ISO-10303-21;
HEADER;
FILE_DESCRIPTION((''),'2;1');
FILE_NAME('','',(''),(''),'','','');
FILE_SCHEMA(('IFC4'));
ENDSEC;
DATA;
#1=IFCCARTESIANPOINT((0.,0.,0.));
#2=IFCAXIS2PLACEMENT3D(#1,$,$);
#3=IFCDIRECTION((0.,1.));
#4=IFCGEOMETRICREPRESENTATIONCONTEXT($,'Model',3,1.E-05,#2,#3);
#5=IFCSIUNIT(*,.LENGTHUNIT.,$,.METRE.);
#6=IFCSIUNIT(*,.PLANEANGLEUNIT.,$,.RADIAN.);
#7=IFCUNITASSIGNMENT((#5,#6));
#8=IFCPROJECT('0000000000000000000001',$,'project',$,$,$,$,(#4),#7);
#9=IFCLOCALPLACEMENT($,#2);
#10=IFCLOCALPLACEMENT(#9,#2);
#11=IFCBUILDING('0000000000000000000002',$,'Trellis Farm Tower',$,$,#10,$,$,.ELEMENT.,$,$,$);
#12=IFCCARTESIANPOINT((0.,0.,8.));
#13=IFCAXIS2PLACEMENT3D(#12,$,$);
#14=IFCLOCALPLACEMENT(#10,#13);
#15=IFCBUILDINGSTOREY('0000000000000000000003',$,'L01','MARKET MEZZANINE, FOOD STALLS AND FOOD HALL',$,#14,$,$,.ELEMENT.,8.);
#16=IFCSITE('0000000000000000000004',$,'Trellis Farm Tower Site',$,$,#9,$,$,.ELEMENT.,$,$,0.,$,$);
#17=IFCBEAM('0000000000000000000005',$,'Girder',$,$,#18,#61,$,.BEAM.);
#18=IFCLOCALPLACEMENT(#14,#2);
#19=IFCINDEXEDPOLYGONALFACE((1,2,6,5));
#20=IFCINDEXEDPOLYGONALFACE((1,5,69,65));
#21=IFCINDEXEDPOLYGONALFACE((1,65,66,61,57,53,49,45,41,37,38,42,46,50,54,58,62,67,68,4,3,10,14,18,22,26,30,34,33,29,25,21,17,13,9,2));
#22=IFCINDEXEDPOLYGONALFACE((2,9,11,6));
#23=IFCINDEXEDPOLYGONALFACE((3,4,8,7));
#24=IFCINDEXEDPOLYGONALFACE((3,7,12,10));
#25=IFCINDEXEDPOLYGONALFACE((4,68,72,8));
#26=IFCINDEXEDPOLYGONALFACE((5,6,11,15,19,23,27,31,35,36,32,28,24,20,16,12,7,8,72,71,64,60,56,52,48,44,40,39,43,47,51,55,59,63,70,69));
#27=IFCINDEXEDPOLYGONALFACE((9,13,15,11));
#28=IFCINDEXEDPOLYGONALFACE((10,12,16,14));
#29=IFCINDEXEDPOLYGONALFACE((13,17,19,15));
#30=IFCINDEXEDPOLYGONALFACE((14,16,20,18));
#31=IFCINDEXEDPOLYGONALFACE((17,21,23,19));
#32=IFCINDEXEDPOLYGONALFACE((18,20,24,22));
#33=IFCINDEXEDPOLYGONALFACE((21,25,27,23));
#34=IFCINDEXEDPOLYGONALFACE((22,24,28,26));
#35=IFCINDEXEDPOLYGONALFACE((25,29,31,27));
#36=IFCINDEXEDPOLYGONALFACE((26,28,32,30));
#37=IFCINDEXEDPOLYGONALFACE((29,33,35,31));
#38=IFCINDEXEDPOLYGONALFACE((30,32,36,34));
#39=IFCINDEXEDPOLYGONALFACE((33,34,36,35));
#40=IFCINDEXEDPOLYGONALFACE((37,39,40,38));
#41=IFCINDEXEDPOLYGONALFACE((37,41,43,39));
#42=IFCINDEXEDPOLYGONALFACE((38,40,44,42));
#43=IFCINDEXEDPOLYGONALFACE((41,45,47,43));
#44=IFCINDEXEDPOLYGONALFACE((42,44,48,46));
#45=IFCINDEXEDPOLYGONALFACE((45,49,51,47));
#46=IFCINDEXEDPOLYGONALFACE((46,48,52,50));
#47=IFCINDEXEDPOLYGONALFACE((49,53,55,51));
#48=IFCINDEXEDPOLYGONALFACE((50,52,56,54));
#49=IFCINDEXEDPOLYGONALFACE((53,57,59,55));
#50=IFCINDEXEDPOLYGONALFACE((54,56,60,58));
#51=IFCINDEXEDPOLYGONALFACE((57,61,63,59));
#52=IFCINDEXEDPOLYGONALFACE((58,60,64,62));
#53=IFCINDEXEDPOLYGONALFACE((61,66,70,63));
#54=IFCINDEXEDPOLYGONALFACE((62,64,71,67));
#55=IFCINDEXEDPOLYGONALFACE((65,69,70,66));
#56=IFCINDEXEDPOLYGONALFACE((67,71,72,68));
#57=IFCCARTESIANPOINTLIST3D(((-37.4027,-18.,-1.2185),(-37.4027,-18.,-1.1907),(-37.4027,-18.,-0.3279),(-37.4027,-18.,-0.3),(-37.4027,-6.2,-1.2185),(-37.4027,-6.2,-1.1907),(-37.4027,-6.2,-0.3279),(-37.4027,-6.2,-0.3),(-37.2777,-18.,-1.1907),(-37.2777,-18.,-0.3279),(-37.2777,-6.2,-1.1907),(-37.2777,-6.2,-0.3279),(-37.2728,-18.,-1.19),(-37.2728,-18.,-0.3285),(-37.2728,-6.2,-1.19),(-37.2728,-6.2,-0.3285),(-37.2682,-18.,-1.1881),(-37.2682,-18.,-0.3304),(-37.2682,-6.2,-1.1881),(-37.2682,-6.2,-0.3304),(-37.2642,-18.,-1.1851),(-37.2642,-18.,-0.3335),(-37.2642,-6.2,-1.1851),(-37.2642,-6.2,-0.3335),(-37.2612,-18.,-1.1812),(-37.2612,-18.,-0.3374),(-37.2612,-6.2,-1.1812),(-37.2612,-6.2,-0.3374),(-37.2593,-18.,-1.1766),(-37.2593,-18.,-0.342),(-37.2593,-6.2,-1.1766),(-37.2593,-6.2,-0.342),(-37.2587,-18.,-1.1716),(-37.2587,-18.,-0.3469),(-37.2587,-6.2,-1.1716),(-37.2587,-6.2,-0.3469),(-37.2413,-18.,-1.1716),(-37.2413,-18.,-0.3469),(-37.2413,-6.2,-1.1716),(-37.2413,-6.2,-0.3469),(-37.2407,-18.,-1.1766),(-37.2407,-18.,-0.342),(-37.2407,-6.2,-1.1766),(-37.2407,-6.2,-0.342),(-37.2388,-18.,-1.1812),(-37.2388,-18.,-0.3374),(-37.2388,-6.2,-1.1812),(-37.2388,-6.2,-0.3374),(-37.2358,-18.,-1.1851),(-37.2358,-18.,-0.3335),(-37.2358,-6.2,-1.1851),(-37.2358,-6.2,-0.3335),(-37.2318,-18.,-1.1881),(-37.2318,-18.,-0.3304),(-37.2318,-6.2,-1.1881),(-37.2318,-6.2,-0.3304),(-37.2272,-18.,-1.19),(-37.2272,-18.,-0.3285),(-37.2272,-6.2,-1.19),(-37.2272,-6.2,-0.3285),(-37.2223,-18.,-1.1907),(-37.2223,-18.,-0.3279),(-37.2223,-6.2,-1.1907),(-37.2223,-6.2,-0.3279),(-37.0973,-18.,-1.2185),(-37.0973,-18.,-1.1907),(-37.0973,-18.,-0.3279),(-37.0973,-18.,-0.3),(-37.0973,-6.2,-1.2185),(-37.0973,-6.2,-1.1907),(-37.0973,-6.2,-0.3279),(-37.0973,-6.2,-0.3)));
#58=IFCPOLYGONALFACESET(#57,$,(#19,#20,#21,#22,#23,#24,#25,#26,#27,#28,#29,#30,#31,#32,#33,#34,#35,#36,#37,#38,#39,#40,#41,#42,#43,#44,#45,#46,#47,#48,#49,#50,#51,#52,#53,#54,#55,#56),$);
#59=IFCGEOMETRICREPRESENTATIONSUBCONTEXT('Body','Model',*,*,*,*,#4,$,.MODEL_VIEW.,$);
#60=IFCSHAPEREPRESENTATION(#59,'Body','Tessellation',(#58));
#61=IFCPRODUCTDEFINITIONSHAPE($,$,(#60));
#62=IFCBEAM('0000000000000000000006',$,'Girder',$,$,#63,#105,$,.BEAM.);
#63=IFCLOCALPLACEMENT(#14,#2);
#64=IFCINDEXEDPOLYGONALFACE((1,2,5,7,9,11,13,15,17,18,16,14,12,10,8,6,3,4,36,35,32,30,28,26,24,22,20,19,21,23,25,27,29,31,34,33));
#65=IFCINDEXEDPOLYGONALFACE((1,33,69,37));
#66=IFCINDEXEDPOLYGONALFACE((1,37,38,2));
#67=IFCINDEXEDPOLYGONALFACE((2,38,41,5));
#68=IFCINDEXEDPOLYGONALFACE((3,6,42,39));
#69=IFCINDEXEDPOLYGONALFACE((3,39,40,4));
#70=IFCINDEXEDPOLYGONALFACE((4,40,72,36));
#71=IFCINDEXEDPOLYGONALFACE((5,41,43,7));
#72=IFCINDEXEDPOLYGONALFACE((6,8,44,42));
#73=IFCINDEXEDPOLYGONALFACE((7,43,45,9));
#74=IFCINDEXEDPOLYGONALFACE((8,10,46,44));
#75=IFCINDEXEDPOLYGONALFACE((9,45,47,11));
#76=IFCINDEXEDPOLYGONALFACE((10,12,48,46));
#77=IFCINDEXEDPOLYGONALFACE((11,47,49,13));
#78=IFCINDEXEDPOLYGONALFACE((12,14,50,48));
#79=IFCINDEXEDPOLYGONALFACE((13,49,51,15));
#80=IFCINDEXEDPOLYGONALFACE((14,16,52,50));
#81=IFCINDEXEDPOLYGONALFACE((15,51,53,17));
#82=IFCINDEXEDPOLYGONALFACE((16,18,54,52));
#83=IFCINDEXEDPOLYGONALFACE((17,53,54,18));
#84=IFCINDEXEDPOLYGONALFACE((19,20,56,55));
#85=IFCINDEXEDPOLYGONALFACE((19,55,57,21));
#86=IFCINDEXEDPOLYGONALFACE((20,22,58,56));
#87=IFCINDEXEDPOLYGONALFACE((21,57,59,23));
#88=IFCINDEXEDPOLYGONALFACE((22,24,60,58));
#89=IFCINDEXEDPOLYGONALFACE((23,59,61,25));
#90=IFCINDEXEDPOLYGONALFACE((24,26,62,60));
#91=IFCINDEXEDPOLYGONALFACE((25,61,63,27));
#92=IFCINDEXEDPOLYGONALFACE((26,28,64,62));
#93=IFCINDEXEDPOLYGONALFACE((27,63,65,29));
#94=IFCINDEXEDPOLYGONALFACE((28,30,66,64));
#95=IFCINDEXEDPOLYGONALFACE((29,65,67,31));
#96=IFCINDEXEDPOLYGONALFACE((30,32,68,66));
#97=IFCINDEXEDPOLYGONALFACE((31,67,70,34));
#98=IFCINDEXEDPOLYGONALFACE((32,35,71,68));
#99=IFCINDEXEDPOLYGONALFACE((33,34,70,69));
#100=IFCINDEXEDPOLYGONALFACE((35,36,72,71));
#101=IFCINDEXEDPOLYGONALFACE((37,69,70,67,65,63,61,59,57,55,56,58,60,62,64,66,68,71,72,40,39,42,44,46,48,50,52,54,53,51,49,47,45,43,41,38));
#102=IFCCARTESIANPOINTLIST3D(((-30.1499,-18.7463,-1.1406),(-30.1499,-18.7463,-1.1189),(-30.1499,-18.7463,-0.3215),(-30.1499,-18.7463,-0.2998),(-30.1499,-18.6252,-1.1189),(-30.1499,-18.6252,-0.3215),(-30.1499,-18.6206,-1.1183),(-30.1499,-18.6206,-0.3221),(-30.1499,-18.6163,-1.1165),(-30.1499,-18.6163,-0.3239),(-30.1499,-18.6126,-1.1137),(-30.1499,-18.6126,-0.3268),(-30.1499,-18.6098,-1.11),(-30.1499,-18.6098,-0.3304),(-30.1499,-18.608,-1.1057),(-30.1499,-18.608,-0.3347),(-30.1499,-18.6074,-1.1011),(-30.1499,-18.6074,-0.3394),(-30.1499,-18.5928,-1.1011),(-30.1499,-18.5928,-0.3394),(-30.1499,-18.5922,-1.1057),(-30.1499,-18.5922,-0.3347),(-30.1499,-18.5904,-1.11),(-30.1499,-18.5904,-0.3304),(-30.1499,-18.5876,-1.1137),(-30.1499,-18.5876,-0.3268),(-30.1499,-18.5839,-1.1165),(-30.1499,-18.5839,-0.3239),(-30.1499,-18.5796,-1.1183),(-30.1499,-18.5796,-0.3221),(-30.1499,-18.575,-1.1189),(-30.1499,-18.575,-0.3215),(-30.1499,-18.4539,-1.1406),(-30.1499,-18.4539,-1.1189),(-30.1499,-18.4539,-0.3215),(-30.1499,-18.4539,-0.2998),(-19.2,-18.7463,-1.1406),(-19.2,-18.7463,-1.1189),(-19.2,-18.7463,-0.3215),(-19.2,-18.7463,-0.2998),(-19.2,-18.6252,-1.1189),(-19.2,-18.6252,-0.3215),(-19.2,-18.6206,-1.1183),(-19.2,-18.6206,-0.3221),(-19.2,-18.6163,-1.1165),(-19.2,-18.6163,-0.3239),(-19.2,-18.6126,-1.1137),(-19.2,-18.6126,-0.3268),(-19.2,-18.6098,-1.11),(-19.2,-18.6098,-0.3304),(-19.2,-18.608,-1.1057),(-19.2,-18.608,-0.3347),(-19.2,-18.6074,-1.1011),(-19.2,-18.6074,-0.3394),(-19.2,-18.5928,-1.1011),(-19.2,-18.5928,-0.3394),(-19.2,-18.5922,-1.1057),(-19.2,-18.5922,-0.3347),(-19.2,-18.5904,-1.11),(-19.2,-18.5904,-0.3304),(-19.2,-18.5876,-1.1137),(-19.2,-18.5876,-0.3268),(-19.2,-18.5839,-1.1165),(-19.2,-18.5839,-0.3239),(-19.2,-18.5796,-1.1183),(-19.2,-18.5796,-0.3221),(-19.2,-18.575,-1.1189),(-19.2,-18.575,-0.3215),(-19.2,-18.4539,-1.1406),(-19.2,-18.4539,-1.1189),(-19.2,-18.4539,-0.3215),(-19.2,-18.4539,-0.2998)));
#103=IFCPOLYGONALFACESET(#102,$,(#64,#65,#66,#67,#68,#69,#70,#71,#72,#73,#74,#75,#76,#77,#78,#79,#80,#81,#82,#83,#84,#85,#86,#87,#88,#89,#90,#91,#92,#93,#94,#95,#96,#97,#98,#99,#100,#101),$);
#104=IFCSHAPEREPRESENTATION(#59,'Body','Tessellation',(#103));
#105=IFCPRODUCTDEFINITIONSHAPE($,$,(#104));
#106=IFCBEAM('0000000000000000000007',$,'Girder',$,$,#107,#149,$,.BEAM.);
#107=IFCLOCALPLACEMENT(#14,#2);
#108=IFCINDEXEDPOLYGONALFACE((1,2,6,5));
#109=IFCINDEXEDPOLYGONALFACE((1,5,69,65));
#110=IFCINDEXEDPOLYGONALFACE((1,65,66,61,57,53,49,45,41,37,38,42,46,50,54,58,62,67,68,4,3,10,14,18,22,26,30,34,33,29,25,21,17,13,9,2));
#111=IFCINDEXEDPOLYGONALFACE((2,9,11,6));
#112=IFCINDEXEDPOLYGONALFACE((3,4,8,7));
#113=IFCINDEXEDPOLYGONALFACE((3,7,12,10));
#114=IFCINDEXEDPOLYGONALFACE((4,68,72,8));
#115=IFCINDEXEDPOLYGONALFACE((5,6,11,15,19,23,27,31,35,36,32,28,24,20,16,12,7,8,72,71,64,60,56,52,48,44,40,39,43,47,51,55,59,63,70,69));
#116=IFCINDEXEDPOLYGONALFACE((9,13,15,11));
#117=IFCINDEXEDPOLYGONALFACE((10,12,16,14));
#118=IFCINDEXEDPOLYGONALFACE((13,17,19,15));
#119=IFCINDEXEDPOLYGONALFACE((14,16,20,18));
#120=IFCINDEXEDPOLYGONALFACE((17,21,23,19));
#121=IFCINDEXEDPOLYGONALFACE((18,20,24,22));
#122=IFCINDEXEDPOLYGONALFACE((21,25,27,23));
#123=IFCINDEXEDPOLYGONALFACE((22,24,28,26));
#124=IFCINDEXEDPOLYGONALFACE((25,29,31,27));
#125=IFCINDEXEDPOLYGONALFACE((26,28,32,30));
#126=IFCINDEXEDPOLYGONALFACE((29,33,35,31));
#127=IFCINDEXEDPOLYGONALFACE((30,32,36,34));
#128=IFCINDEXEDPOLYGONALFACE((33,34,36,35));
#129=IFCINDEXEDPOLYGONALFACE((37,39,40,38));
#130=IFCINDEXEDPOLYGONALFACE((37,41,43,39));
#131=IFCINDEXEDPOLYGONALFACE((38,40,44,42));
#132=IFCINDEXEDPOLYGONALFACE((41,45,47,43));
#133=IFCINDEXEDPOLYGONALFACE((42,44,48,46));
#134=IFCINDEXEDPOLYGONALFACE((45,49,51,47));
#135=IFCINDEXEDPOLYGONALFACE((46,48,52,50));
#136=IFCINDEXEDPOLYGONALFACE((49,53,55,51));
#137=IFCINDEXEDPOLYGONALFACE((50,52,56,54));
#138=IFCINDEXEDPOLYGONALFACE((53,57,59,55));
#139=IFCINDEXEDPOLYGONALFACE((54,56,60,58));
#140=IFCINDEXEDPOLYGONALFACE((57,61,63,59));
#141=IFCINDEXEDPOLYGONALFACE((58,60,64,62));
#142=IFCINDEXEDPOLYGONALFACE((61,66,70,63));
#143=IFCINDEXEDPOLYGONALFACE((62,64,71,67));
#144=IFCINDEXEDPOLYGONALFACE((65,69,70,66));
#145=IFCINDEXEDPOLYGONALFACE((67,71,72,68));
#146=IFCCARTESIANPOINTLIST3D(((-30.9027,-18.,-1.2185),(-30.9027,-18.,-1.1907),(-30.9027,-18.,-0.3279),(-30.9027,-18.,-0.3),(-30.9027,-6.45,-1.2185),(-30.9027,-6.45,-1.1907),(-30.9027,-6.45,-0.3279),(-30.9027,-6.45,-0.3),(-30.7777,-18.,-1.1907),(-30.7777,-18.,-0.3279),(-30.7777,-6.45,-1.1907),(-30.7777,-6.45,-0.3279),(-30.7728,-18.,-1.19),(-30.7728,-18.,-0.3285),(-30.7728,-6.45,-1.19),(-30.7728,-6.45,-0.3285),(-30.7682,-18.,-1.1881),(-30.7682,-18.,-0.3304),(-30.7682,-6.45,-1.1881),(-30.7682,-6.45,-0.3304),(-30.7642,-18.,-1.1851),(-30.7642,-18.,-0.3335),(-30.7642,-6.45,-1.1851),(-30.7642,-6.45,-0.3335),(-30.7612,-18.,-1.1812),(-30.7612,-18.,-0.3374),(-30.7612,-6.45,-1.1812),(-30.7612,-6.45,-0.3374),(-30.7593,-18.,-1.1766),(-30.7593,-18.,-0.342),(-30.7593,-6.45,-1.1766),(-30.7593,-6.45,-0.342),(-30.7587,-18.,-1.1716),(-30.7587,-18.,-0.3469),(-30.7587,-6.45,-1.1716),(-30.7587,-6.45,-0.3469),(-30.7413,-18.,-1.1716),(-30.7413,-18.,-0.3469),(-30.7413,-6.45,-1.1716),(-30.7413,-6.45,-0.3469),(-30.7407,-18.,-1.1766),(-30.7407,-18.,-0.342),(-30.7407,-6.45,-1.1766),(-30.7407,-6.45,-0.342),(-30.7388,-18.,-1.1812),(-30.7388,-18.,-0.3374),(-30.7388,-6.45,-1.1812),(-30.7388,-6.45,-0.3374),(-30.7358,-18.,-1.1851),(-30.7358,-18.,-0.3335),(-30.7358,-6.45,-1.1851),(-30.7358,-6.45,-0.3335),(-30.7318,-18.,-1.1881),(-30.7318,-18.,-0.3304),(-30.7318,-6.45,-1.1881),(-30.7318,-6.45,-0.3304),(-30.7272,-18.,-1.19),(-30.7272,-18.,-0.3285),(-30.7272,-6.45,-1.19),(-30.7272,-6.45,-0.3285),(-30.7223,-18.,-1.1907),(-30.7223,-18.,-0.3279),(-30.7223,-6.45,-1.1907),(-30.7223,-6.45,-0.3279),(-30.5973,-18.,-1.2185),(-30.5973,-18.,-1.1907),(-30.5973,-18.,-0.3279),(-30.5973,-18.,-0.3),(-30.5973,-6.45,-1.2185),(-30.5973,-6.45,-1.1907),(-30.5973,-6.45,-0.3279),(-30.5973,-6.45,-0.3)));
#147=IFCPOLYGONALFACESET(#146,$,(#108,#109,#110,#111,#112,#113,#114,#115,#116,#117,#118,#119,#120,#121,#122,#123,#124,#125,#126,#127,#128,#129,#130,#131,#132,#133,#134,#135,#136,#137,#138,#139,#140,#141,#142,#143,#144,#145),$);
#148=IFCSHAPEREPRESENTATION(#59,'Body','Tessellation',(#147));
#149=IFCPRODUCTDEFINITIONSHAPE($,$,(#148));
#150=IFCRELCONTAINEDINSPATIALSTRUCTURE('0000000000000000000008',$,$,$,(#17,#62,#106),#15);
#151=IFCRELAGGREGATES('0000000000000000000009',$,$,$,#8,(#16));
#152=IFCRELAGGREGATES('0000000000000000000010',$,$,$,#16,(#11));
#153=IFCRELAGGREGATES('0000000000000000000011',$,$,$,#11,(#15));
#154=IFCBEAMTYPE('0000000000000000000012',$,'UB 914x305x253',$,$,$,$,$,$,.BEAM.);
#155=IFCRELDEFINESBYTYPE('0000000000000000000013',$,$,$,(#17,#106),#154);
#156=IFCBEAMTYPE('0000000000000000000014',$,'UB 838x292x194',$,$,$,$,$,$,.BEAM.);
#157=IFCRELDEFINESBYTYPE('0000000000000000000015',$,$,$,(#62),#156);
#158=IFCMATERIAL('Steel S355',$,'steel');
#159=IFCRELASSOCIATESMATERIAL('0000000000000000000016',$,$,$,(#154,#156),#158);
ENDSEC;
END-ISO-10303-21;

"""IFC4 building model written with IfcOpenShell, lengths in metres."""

from ifc_helpers import new_model, si_unit, direction, frame, origin, origin_2d, place, context, subcontext, project, spatial, i_section, extrude, source, transform, mapped, material, material_profile, profile_set, type_object, element, save


model = new_model("IFC4")

# Units and contexts
model_context = context("Model", 3, precision=1e-05, world=origin(), true_north=direction((0.0, 1.0)))
body_context = subcontext(model_context, "Body", "Model", "MODEL_VIEW")
ifc_project = project(units=[si_unit("LENGTHUNIT", "METRE"), si_unit("PLANEANGLEUNIT", "RADIAN")], contexts=[model_context])

# Site, building, storey
site_placement = place(None, origin())
site = spatial("IfcSite", under=ifc_project, at=site_placement, Name="Trellis Farm Tower Site", CompositionType="ELEMENT", RefElevation=0.0)
building_placement = place(site_placement, origin())
building = spatial("IfcBuilding", under=site, at=building_placement, Name="Trellis Farm Tower", CompositionType="ELEMENT")
storey_placement = place(building_placement, frame((0.0, 0.0, 8.0)))
storey = spatial("IfcBuildingStorey", under=building, at=storey_placement, Name="L01", Description="MARKET MEZZANINE, FOOD STALLS AND FOOD HALL", CompositionType="ELEMENT", Elevation=8.0)

# Beams
ifc_material_1 = material(Name="Steel S355", Category="steel")
ifc_material_profile_1 = material_profile(ifc_material_1, i_section(OverallWidth=0.3054, OverallDepth=0.9185, WebThickness=0.0173, FlangeThickness=0.0278, FilletRadius=0.019, at=origin_2d()), Name="UB 914x305x253")
ifc_profile_set_1 = profile_set([ifc_material_profile_1], Name="Steel S355")
beam_type_1 = type_object("IfcBeamType", Name="UB 914x305x253", PredefinedType="BEAM", material=ifc_profile_set_1)
shared_shape_1 = source(origin(), body_context, "Body", "SweptSolid", [
    extrude(i_section(OverallWidth=0.3054, OverallDepth=0.9185, WebThickness=0.0173, FlangeThickness=0.0278, FilletRadius=0.019, at=origin_2d()), origin(), (0.0, 0.0, 1.0), 11.8),
])
for number, where, z_axis, x_axis, name in (
    (1, (-37.25, -18.0, -0.7593), (0.0, 1.0, 0.0), (-1.0, 0.0, 0.0), "Girder"),
):
    element("IfcBeam", number, at=place(storey_placement, frame(where, z_axis=z_axis, x_axis=x_axis)), inside=storey, type_object=beam_type_1, Name=name, PredefinedType="BEAM", context=body_context, shape_type="MappedRepresentation", body=[
        mapped(shared_shape_1, transform((0.0, 0.0, 0.0))),
    ])
ifc_material_profile_2 = material_profile(ifc_material_1, i_section(OverallWidth=0.2925, OverallDepth=0.8408, WebThickness=0.0146, FlangeThickness=0.0217, FilletRadius=0.0178, at=origin_2d()), Name="UB 838x292x194")
ifc_profile_set_2 = profile_set([ifc_material_profile_2], Name="Steel S355")
beam_type_2 = type_object("IfcBeamType", Name="UB 838x292x194", PredefinedType="BEAM", material=ifc_profile_set_2)
shared_shape_2 = source(origin(), body_context, "Body", "SweptSolid", [
    extrude(i_section(OverallWidth=0.2925, OverallDepth=0.8408, WebThickness=0.0146, FlangeThickness=0.0217, FilletRadius=0.0178, at=origin_2d()), origin(), (0.0, 0.0, 1.0), 10.95),
])
beam_1_placement = place(storey_placement, frame((-30.1499, -18.6001, -0.7202), z_axis=(1.0, 0.0, 0.0), x_axis=(0.0, 1.0, 0.0)))
element("IfcBeam", 2, at=beam_1_placement, inside=storey, type_object=beam_type_2, Name="Girder", PredefinedType="BEAM", context=body_context, shape_type="MappedRepresentation", body=[
    mapped(shared_shape_2, transform((0.0, 0.0, 0.0))),
])
shared_shape_3 = source(origin(), body_context, "Body", "SweptSolid", [
    extrude(i_section(OverallWidth=0.3054, OverallDepth=0.9185, WebThickness=0.0173, FlangeThickness=0.0278, FilletRadius=0.019, at=origin_2d()), origin(), (0.0, 0.0, 1.0), 11.55),
])
beam_2_placement = place(storey_placement, frame((-30.75, -18.0, -0.7593), z_axis=(0.0, 1.0, 0.0), x_axis=(-1.0, 0.0, 0.0)))
element("IfcBeam", 3, at=beam_2_placement, inside=storey, type_object=beam_type_1, Name="Girder", PredefinedType="BEAM", context=body_context, shape_type="MappedRepresentation", body=[
    mapped(shared_shape_3, transform((0.0, 0.0, 0.0))),
])

save(model, "model.ifc")
